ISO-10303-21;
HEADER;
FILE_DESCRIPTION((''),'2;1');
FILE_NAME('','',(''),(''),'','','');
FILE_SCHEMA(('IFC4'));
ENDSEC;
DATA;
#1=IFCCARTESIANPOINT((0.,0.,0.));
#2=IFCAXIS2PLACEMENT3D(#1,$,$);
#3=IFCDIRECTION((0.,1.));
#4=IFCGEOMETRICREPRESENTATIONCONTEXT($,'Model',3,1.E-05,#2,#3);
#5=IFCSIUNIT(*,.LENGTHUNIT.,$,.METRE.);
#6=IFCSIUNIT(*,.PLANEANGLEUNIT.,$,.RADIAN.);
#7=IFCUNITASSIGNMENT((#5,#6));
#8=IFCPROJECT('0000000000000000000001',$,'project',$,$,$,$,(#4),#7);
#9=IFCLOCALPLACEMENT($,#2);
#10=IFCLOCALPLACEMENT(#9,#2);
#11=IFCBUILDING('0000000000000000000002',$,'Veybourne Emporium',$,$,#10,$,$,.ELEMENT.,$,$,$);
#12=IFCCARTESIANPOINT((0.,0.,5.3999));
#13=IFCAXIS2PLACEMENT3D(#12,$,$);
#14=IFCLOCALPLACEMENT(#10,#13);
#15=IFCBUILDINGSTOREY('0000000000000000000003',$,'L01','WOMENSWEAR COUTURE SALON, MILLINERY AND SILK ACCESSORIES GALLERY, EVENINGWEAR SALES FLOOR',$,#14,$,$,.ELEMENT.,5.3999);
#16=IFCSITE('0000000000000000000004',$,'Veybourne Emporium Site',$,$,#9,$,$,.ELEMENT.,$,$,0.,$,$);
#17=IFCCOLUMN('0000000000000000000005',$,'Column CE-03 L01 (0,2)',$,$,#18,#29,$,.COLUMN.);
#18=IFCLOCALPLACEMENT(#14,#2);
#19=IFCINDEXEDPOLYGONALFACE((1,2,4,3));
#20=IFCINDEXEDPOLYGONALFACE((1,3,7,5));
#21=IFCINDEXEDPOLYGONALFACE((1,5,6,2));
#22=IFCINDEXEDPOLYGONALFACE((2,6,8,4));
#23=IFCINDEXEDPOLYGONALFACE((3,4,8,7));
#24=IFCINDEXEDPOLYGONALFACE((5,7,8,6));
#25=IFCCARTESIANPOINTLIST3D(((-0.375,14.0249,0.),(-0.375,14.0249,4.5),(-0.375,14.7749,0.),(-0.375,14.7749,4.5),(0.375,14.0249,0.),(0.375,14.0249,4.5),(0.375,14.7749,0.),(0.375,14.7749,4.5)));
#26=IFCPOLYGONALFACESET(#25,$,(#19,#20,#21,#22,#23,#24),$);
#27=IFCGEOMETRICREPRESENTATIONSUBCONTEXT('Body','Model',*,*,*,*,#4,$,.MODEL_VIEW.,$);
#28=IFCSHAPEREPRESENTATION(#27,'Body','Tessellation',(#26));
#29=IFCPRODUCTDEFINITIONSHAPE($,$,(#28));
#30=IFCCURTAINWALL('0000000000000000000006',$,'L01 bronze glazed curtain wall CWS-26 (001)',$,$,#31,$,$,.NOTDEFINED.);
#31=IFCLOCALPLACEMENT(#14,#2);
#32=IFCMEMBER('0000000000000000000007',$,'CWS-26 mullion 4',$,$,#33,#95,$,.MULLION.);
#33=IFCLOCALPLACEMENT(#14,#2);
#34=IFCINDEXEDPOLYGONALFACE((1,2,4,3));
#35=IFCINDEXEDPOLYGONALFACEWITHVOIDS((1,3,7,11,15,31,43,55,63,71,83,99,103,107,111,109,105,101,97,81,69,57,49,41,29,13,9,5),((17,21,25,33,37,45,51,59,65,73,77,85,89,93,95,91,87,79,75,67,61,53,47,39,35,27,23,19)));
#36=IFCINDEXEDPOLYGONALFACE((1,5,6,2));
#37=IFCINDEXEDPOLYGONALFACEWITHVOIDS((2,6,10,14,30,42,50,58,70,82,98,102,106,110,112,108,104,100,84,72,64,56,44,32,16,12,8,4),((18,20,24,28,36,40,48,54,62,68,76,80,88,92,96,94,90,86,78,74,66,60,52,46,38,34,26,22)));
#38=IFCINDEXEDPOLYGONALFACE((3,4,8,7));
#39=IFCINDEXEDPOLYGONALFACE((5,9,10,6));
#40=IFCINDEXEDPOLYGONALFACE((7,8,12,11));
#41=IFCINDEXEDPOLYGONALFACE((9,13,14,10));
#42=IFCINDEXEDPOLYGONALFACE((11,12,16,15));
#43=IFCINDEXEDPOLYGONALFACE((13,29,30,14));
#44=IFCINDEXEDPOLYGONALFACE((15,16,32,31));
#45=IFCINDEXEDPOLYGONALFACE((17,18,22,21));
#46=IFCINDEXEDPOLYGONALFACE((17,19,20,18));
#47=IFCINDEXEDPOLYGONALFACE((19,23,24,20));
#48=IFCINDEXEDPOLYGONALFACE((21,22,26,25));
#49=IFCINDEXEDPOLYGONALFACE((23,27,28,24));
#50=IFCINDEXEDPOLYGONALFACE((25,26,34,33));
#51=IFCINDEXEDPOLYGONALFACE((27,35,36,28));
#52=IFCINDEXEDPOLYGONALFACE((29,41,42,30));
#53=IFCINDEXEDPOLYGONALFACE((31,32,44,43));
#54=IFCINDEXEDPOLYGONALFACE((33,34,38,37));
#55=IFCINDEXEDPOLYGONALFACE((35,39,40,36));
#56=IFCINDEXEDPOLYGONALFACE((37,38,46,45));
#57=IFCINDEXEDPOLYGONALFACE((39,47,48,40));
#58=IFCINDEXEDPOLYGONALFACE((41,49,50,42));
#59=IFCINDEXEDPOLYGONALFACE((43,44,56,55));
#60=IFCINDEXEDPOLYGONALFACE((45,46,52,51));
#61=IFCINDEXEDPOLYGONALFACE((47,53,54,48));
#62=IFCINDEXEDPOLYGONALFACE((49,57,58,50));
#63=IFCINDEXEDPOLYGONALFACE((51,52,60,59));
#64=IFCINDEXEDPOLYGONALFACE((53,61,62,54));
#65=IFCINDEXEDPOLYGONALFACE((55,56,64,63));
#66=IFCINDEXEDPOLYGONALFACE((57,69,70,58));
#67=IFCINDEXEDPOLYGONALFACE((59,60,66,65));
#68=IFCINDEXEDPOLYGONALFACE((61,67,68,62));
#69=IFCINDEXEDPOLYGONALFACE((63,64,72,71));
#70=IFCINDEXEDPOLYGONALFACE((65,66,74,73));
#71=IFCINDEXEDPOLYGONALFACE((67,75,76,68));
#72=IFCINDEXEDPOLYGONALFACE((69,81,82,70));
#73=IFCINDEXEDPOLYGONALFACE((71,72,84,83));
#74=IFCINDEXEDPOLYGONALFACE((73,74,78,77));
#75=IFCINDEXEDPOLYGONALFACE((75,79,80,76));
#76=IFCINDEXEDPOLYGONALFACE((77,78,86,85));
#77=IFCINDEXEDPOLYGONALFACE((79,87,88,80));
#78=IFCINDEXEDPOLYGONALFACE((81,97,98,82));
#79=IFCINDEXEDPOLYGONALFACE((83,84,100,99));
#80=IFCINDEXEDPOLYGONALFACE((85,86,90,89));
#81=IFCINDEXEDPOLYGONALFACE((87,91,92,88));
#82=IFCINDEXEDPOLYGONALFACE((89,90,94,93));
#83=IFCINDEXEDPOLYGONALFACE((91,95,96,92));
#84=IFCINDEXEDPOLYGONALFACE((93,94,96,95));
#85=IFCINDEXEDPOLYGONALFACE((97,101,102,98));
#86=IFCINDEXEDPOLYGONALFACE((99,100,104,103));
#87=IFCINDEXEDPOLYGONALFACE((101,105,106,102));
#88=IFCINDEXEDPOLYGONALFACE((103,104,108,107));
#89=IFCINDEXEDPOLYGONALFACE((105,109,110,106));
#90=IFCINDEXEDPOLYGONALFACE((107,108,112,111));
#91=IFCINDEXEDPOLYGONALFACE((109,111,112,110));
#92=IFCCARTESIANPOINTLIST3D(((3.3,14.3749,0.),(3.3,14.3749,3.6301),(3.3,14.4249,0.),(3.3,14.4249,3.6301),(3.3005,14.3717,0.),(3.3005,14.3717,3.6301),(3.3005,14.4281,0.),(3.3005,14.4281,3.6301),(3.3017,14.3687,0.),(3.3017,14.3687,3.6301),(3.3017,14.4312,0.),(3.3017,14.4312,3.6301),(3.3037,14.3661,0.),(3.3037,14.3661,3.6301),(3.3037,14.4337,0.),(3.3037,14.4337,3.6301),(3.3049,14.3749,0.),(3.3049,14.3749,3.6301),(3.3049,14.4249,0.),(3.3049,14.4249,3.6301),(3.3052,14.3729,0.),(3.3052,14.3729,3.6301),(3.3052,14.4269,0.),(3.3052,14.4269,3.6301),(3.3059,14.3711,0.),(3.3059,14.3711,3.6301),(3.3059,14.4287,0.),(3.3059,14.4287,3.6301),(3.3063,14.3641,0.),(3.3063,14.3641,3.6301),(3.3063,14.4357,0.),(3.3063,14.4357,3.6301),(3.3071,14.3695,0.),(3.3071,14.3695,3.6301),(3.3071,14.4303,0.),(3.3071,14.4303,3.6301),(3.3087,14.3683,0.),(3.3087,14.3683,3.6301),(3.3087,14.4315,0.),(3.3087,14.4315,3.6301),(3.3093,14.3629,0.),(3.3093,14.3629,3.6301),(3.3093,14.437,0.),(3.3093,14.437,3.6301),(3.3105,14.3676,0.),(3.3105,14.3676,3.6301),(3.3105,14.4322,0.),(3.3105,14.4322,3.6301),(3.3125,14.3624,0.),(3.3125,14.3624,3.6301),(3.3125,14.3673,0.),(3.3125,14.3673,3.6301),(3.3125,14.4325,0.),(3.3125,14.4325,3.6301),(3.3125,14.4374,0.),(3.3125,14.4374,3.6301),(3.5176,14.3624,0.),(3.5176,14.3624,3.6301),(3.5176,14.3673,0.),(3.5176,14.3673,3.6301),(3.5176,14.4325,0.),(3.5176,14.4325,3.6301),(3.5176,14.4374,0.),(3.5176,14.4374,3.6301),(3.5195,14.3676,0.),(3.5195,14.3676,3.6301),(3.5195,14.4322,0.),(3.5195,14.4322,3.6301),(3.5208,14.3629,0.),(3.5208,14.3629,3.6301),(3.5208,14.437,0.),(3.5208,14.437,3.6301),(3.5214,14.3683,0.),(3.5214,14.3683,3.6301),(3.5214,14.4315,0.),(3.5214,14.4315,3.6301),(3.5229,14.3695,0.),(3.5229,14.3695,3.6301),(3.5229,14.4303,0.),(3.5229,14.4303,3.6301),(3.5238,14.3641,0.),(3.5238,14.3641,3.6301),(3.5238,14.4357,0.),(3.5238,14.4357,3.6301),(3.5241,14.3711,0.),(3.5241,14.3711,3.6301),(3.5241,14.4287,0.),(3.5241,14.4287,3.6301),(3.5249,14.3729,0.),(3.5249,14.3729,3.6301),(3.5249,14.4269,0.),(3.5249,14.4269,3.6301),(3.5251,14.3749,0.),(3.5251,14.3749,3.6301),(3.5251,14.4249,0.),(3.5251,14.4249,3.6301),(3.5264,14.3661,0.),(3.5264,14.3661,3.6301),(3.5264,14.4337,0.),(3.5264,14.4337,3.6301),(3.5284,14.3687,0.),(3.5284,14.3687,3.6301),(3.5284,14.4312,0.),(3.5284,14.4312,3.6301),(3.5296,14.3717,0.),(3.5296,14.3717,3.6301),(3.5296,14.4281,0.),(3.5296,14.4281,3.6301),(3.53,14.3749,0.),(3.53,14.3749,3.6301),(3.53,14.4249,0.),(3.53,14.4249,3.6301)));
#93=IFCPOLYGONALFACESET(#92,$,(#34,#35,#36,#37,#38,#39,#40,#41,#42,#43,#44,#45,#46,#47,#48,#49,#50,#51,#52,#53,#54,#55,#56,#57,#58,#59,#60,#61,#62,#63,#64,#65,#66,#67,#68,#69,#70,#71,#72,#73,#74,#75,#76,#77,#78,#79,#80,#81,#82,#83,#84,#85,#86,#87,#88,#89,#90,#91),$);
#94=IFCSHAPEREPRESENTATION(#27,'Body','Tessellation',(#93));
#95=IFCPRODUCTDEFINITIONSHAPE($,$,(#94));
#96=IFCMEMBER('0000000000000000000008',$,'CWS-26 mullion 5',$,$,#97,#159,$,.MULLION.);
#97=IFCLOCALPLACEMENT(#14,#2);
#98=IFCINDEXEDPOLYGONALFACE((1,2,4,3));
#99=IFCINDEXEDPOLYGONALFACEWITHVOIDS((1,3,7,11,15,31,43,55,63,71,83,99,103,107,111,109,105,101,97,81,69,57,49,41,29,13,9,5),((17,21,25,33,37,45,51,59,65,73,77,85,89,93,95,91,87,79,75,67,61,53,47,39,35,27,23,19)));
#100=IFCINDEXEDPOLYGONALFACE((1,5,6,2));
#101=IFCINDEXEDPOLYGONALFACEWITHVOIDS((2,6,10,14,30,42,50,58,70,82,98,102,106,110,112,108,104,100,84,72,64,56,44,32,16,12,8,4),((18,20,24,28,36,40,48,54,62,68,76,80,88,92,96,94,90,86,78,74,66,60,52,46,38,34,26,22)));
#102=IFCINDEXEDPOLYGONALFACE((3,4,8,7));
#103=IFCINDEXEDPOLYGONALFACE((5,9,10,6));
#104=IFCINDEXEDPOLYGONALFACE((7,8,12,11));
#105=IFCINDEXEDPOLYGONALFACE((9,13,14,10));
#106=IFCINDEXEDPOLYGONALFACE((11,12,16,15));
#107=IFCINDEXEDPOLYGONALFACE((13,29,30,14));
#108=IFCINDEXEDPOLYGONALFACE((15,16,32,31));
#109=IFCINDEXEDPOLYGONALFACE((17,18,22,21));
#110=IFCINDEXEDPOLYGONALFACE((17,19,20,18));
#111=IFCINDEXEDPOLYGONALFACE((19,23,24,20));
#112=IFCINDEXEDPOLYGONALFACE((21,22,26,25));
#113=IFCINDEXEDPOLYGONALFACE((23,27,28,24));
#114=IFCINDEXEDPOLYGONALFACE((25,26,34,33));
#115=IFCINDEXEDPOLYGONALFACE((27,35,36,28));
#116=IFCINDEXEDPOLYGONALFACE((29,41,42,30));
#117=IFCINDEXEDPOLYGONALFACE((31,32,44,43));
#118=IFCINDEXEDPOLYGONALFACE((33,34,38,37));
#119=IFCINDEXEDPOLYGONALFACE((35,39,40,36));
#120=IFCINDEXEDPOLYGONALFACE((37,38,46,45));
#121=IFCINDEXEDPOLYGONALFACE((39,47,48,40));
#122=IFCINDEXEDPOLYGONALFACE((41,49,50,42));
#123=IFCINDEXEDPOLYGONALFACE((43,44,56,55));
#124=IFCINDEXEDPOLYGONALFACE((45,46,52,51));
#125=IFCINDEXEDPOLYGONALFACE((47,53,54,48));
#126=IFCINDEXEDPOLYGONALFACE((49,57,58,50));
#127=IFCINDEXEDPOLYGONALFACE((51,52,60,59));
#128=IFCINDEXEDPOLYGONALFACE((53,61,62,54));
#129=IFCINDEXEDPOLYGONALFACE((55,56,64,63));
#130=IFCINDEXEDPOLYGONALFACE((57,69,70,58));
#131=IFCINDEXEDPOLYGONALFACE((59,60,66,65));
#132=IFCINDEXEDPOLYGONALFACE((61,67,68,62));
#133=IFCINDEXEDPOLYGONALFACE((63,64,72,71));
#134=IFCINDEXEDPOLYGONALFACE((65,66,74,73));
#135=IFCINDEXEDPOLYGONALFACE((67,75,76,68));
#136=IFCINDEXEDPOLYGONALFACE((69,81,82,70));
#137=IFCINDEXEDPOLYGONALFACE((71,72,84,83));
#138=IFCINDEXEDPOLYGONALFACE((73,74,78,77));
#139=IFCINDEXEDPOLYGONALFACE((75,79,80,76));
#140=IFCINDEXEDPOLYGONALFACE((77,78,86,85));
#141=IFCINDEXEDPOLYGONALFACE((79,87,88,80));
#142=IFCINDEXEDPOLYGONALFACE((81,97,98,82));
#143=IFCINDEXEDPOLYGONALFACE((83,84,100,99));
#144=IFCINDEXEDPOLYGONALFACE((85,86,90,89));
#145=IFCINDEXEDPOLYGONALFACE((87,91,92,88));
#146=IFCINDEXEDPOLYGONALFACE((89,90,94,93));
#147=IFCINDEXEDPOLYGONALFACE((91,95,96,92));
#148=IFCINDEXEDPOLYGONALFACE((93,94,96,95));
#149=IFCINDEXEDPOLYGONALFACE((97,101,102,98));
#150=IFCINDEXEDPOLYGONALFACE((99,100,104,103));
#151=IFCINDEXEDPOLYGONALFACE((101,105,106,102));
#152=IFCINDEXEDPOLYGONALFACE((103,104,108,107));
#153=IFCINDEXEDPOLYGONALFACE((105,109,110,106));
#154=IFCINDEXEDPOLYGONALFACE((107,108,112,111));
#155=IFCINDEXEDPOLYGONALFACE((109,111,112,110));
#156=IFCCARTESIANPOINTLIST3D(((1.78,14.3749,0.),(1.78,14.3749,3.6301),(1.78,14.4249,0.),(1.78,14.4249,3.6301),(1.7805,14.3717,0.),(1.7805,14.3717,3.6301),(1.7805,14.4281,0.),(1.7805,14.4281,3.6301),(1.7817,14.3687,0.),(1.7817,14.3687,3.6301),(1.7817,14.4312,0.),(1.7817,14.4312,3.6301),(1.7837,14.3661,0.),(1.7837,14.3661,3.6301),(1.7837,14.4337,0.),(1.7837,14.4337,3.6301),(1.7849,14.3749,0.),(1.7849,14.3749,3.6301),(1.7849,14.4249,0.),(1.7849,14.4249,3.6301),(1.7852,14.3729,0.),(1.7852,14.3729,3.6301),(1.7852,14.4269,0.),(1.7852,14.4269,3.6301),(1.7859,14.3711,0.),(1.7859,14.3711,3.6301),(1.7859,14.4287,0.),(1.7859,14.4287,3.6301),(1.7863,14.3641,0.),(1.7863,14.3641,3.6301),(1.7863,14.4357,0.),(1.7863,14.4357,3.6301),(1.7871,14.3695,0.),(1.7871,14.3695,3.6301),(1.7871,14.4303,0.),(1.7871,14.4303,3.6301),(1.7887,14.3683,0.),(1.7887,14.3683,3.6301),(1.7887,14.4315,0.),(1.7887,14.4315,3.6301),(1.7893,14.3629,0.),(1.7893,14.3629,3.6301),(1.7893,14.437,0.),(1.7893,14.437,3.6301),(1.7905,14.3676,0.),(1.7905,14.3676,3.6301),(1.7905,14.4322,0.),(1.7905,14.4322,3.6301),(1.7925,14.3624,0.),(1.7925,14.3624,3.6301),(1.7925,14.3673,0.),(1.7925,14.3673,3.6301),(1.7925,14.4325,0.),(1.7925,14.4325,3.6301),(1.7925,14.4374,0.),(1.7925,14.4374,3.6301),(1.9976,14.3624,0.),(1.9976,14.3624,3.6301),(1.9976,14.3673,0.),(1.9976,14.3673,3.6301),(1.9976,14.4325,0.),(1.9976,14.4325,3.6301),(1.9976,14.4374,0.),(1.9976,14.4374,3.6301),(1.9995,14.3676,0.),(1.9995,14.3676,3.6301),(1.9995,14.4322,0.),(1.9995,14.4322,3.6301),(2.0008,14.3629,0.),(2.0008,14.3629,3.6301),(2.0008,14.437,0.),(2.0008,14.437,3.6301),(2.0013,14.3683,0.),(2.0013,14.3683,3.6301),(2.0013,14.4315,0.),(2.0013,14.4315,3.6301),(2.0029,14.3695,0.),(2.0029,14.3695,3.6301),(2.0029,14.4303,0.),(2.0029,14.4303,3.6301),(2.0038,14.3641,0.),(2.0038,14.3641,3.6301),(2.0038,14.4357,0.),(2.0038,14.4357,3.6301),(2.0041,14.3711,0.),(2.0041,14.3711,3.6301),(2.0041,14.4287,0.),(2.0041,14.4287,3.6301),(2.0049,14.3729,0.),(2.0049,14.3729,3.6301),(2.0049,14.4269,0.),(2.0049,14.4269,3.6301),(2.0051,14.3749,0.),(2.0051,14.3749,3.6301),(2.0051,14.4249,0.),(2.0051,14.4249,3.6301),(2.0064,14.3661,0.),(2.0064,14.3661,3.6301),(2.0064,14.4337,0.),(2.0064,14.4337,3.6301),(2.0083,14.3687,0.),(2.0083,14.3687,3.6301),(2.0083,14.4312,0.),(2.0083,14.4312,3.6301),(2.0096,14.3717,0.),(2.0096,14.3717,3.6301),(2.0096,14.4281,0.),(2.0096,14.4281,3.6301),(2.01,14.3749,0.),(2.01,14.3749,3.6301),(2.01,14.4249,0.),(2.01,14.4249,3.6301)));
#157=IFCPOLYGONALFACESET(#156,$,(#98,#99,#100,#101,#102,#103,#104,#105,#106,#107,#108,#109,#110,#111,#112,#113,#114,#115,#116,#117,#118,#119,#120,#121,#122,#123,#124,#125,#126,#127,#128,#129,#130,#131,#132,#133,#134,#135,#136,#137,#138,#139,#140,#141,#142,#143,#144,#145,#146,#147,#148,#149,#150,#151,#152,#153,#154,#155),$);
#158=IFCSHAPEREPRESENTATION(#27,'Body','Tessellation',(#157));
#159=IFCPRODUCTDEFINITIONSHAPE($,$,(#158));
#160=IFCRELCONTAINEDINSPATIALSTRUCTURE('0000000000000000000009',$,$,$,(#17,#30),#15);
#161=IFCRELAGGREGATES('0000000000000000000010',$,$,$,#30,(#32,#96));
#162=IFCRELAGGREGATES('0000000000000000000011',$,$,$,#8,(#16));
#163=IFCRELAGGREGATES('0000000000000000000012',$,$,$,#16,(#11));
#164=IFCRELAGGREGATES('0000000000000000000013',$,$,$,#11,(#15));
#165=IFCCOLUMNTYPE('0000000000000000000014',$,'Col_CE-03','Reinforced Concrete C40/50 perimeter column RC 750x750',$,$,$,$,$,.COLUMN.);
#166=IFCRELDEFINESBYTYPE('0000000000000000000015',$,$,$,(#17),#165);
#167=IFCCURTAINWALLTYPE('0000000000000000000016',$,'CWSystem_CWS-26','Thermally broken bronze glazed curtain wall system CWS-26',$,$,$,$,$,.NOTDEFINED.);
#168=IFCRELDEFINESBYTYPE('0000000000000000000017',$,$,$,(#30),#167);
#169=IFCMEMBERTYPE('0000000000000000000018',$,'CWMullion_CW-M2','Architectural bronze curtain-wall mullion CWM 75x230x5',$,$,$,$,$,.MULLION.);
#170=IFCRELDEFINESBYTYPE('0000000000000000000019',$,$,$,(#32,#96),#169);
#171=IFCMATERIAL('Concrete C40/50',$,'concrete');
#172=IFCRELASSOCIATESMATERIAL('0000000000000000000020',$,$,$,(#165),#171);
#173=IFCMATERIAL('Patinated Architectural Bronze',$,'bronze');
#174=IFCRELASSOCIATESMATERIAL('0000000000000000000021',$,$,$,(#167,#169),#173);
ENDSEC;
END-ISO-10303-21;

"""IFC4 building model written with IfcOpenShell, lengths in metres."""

from ifc_helpers import new_model, si_unit, direction, frame, origin, origin_2d, place, context, subcontext, project, spatial, rectangle, hollow_rectangle, extrude, material, material_profile, profile_set, type_object, element, aggregate, save


model = new_model("IFC4")

# Units and contexts
model_context = context("Model", 3, precision=1e-05, world=origin(), true_north=direction((0.0, 1.0)))
body_context = subcontext(model_context, "Body", "Model", "MODEL_VIEW")
ifc_project = project(units=[si_unit("LENGTHUNIT", "METRE"), si_unit("PLANEANGLEUNIT", "RADIAN")], contexts=[model_context])

# Site, building, storey
site_placement = place(None, origin())
site = spatial("IfcSite", under=ifc_project, at=site_placement, Name="Veybourne Emporium Site", CompositionType="ELEMENT", RefElevation=0.0)
building_placement = place(site_placement, origin())
building = spatial("IfcBuilding", under=site, at=building_placement, Name="Veybourne Emporium", CompositionType="ELEMENT")
storey_placement = place(building_placement, frame((0.0, 0.0, 5.3999)))
storey = spatial("IfcBuildingStorey", under=building, at=storey_placement, Name="L01", Description="WOMENSWEAR COUTURE SALON, MILLINERY AND SILK ACCESSORIES GALLERY, EVENINGWEAR SALES FLOOR", CompositionType="ELEMENT", Elevation=5.3999)

# Column
ifc_material_1 = material(Name="Concrete C40/50", Category="concrete")
ifc_material_profile_1 = material_profile(ifc_material_1, rectangle(XDim=0.75, YDim=0.75, at=origin_2d()), Name="RC 750x750")
ifc_profile_set_1 = profile_set([ifc_material_profile_1], Name="Concrete C40/50")
column_type = type_object("IfcColumnType", Name="Col_CE-03", Description="Reinforced Concrete C40/50 perimeter column RC 750x750", PredefinedType="COLUMN", material=ifc_profile_set_1)
column_placement = place(storey_placement, frame((0.0, 14.3999, 0.0), z_axis=(0.0, 0.0, 1.0), x_axis=(1.0, 0.0, 0.0)))
element("IfcColumn", 1, at=column_placement, inside=storey, type_object=column_type, Name="Column CE-03 L01 (0,2)", PredefinedType="COLUMN", context=body_context, shape_type="SweptSolid", body=[
    extrude(rectangle(XDim=0.75, YDim=0.75, at=origin_2d()), origin(), (0.0, 0.0, 1.0), 4.5),
])

# Curtain wall, members
ifc_material_2 = material(Name="Patinated Architectural Bronze", Category="bronze")
curtain_wall_type = type_object("IfcCurtainWallType", Name="CWSystem_CWS-26", Description="Thermally broken bronze glazed curtain wall system CWS-26", PredefinedType="NOTDEFINED", material=ifc_material_2)
curtain_wall_placement = place(storey_placement, origin())
curtain_wall = element("IfcCurtainWall", 2, at=curtain_wall_placement, inside=storey, type_object=curtain_wall_type, Name="L01 bronze glazed curtain wall CWS-26 (001)", PredefinedType="NOTDEFINED")
ifc_material_profile_2 = material_profile(ifc_material_2, hollow_rectangle(XDim=0.075, YDim=0.23, WallThickness=0.0049, InnerFilletRadius=0.0076, OuterFilletRadius=0.0125, at=origin_2d()), Name="CWM 75x230x5")
ifc_profile_set_2 = profile_set([ifc_material_profile_2], Name="Patinated Architectural Bronze")
member_type_1 = type_object("IfcMemberType", Name="CWMullion_CW-M2", Description="Architectural bronze curtain-wall mullion CWM 75x230x5", PredefinedType="MULLION", material=ifc_profile_set_2)
member_1_placement = place(storey_placement, frame((3.415, 14.3999, 0.0), z_axis=(0.0, 0.0, 1.0), x_axis=(0.0, -1.0, 0.0)))
member_1 = element("IfcMember", 3, at=member_1_placement, type_object=member_type_1, Name="CWS-26 mullion 4", PredefinedType="MULLION", context=body_context, shape_type="SweptSolid", body=[
    extrude(hollow_rectangle(XDim=0.075, YDim=0.23, WallThickness=0.0049, InnerFilletRadius=0.0076, OuterFilletRadius=0.0125, at=origin_2d()), origin(), (0.0, 0.0, 1.0), 3.6301),
])
member_2_placement = place(storey_placement, frame((1.895, 14.3999, 0.0), z_axis=(0.0, 0.0, 1.0), x_axis=(0.0, -1.0, 0.0)))
member_2 = element("IfcMember", 4, at=member_2_placement, type_object=member_type_1, Name="CWS-26 mullion 5", PredefinedType="MULLION", context=body_context, shape_type="SweptSolid", body=[
    extrude(hollow_rectangle(XDim=0.075, YDim=0.23, WallThickness=0.0049, InnerFilletRadius=0.0076, OuterFilletRadius=0.0125, at=origin_2d()), origin(), (0.0, 0.0, 1.0), 3.6301),
])

aggregate(curtain_wall, [member_1, member_2])

save(model, "model.ifc")
